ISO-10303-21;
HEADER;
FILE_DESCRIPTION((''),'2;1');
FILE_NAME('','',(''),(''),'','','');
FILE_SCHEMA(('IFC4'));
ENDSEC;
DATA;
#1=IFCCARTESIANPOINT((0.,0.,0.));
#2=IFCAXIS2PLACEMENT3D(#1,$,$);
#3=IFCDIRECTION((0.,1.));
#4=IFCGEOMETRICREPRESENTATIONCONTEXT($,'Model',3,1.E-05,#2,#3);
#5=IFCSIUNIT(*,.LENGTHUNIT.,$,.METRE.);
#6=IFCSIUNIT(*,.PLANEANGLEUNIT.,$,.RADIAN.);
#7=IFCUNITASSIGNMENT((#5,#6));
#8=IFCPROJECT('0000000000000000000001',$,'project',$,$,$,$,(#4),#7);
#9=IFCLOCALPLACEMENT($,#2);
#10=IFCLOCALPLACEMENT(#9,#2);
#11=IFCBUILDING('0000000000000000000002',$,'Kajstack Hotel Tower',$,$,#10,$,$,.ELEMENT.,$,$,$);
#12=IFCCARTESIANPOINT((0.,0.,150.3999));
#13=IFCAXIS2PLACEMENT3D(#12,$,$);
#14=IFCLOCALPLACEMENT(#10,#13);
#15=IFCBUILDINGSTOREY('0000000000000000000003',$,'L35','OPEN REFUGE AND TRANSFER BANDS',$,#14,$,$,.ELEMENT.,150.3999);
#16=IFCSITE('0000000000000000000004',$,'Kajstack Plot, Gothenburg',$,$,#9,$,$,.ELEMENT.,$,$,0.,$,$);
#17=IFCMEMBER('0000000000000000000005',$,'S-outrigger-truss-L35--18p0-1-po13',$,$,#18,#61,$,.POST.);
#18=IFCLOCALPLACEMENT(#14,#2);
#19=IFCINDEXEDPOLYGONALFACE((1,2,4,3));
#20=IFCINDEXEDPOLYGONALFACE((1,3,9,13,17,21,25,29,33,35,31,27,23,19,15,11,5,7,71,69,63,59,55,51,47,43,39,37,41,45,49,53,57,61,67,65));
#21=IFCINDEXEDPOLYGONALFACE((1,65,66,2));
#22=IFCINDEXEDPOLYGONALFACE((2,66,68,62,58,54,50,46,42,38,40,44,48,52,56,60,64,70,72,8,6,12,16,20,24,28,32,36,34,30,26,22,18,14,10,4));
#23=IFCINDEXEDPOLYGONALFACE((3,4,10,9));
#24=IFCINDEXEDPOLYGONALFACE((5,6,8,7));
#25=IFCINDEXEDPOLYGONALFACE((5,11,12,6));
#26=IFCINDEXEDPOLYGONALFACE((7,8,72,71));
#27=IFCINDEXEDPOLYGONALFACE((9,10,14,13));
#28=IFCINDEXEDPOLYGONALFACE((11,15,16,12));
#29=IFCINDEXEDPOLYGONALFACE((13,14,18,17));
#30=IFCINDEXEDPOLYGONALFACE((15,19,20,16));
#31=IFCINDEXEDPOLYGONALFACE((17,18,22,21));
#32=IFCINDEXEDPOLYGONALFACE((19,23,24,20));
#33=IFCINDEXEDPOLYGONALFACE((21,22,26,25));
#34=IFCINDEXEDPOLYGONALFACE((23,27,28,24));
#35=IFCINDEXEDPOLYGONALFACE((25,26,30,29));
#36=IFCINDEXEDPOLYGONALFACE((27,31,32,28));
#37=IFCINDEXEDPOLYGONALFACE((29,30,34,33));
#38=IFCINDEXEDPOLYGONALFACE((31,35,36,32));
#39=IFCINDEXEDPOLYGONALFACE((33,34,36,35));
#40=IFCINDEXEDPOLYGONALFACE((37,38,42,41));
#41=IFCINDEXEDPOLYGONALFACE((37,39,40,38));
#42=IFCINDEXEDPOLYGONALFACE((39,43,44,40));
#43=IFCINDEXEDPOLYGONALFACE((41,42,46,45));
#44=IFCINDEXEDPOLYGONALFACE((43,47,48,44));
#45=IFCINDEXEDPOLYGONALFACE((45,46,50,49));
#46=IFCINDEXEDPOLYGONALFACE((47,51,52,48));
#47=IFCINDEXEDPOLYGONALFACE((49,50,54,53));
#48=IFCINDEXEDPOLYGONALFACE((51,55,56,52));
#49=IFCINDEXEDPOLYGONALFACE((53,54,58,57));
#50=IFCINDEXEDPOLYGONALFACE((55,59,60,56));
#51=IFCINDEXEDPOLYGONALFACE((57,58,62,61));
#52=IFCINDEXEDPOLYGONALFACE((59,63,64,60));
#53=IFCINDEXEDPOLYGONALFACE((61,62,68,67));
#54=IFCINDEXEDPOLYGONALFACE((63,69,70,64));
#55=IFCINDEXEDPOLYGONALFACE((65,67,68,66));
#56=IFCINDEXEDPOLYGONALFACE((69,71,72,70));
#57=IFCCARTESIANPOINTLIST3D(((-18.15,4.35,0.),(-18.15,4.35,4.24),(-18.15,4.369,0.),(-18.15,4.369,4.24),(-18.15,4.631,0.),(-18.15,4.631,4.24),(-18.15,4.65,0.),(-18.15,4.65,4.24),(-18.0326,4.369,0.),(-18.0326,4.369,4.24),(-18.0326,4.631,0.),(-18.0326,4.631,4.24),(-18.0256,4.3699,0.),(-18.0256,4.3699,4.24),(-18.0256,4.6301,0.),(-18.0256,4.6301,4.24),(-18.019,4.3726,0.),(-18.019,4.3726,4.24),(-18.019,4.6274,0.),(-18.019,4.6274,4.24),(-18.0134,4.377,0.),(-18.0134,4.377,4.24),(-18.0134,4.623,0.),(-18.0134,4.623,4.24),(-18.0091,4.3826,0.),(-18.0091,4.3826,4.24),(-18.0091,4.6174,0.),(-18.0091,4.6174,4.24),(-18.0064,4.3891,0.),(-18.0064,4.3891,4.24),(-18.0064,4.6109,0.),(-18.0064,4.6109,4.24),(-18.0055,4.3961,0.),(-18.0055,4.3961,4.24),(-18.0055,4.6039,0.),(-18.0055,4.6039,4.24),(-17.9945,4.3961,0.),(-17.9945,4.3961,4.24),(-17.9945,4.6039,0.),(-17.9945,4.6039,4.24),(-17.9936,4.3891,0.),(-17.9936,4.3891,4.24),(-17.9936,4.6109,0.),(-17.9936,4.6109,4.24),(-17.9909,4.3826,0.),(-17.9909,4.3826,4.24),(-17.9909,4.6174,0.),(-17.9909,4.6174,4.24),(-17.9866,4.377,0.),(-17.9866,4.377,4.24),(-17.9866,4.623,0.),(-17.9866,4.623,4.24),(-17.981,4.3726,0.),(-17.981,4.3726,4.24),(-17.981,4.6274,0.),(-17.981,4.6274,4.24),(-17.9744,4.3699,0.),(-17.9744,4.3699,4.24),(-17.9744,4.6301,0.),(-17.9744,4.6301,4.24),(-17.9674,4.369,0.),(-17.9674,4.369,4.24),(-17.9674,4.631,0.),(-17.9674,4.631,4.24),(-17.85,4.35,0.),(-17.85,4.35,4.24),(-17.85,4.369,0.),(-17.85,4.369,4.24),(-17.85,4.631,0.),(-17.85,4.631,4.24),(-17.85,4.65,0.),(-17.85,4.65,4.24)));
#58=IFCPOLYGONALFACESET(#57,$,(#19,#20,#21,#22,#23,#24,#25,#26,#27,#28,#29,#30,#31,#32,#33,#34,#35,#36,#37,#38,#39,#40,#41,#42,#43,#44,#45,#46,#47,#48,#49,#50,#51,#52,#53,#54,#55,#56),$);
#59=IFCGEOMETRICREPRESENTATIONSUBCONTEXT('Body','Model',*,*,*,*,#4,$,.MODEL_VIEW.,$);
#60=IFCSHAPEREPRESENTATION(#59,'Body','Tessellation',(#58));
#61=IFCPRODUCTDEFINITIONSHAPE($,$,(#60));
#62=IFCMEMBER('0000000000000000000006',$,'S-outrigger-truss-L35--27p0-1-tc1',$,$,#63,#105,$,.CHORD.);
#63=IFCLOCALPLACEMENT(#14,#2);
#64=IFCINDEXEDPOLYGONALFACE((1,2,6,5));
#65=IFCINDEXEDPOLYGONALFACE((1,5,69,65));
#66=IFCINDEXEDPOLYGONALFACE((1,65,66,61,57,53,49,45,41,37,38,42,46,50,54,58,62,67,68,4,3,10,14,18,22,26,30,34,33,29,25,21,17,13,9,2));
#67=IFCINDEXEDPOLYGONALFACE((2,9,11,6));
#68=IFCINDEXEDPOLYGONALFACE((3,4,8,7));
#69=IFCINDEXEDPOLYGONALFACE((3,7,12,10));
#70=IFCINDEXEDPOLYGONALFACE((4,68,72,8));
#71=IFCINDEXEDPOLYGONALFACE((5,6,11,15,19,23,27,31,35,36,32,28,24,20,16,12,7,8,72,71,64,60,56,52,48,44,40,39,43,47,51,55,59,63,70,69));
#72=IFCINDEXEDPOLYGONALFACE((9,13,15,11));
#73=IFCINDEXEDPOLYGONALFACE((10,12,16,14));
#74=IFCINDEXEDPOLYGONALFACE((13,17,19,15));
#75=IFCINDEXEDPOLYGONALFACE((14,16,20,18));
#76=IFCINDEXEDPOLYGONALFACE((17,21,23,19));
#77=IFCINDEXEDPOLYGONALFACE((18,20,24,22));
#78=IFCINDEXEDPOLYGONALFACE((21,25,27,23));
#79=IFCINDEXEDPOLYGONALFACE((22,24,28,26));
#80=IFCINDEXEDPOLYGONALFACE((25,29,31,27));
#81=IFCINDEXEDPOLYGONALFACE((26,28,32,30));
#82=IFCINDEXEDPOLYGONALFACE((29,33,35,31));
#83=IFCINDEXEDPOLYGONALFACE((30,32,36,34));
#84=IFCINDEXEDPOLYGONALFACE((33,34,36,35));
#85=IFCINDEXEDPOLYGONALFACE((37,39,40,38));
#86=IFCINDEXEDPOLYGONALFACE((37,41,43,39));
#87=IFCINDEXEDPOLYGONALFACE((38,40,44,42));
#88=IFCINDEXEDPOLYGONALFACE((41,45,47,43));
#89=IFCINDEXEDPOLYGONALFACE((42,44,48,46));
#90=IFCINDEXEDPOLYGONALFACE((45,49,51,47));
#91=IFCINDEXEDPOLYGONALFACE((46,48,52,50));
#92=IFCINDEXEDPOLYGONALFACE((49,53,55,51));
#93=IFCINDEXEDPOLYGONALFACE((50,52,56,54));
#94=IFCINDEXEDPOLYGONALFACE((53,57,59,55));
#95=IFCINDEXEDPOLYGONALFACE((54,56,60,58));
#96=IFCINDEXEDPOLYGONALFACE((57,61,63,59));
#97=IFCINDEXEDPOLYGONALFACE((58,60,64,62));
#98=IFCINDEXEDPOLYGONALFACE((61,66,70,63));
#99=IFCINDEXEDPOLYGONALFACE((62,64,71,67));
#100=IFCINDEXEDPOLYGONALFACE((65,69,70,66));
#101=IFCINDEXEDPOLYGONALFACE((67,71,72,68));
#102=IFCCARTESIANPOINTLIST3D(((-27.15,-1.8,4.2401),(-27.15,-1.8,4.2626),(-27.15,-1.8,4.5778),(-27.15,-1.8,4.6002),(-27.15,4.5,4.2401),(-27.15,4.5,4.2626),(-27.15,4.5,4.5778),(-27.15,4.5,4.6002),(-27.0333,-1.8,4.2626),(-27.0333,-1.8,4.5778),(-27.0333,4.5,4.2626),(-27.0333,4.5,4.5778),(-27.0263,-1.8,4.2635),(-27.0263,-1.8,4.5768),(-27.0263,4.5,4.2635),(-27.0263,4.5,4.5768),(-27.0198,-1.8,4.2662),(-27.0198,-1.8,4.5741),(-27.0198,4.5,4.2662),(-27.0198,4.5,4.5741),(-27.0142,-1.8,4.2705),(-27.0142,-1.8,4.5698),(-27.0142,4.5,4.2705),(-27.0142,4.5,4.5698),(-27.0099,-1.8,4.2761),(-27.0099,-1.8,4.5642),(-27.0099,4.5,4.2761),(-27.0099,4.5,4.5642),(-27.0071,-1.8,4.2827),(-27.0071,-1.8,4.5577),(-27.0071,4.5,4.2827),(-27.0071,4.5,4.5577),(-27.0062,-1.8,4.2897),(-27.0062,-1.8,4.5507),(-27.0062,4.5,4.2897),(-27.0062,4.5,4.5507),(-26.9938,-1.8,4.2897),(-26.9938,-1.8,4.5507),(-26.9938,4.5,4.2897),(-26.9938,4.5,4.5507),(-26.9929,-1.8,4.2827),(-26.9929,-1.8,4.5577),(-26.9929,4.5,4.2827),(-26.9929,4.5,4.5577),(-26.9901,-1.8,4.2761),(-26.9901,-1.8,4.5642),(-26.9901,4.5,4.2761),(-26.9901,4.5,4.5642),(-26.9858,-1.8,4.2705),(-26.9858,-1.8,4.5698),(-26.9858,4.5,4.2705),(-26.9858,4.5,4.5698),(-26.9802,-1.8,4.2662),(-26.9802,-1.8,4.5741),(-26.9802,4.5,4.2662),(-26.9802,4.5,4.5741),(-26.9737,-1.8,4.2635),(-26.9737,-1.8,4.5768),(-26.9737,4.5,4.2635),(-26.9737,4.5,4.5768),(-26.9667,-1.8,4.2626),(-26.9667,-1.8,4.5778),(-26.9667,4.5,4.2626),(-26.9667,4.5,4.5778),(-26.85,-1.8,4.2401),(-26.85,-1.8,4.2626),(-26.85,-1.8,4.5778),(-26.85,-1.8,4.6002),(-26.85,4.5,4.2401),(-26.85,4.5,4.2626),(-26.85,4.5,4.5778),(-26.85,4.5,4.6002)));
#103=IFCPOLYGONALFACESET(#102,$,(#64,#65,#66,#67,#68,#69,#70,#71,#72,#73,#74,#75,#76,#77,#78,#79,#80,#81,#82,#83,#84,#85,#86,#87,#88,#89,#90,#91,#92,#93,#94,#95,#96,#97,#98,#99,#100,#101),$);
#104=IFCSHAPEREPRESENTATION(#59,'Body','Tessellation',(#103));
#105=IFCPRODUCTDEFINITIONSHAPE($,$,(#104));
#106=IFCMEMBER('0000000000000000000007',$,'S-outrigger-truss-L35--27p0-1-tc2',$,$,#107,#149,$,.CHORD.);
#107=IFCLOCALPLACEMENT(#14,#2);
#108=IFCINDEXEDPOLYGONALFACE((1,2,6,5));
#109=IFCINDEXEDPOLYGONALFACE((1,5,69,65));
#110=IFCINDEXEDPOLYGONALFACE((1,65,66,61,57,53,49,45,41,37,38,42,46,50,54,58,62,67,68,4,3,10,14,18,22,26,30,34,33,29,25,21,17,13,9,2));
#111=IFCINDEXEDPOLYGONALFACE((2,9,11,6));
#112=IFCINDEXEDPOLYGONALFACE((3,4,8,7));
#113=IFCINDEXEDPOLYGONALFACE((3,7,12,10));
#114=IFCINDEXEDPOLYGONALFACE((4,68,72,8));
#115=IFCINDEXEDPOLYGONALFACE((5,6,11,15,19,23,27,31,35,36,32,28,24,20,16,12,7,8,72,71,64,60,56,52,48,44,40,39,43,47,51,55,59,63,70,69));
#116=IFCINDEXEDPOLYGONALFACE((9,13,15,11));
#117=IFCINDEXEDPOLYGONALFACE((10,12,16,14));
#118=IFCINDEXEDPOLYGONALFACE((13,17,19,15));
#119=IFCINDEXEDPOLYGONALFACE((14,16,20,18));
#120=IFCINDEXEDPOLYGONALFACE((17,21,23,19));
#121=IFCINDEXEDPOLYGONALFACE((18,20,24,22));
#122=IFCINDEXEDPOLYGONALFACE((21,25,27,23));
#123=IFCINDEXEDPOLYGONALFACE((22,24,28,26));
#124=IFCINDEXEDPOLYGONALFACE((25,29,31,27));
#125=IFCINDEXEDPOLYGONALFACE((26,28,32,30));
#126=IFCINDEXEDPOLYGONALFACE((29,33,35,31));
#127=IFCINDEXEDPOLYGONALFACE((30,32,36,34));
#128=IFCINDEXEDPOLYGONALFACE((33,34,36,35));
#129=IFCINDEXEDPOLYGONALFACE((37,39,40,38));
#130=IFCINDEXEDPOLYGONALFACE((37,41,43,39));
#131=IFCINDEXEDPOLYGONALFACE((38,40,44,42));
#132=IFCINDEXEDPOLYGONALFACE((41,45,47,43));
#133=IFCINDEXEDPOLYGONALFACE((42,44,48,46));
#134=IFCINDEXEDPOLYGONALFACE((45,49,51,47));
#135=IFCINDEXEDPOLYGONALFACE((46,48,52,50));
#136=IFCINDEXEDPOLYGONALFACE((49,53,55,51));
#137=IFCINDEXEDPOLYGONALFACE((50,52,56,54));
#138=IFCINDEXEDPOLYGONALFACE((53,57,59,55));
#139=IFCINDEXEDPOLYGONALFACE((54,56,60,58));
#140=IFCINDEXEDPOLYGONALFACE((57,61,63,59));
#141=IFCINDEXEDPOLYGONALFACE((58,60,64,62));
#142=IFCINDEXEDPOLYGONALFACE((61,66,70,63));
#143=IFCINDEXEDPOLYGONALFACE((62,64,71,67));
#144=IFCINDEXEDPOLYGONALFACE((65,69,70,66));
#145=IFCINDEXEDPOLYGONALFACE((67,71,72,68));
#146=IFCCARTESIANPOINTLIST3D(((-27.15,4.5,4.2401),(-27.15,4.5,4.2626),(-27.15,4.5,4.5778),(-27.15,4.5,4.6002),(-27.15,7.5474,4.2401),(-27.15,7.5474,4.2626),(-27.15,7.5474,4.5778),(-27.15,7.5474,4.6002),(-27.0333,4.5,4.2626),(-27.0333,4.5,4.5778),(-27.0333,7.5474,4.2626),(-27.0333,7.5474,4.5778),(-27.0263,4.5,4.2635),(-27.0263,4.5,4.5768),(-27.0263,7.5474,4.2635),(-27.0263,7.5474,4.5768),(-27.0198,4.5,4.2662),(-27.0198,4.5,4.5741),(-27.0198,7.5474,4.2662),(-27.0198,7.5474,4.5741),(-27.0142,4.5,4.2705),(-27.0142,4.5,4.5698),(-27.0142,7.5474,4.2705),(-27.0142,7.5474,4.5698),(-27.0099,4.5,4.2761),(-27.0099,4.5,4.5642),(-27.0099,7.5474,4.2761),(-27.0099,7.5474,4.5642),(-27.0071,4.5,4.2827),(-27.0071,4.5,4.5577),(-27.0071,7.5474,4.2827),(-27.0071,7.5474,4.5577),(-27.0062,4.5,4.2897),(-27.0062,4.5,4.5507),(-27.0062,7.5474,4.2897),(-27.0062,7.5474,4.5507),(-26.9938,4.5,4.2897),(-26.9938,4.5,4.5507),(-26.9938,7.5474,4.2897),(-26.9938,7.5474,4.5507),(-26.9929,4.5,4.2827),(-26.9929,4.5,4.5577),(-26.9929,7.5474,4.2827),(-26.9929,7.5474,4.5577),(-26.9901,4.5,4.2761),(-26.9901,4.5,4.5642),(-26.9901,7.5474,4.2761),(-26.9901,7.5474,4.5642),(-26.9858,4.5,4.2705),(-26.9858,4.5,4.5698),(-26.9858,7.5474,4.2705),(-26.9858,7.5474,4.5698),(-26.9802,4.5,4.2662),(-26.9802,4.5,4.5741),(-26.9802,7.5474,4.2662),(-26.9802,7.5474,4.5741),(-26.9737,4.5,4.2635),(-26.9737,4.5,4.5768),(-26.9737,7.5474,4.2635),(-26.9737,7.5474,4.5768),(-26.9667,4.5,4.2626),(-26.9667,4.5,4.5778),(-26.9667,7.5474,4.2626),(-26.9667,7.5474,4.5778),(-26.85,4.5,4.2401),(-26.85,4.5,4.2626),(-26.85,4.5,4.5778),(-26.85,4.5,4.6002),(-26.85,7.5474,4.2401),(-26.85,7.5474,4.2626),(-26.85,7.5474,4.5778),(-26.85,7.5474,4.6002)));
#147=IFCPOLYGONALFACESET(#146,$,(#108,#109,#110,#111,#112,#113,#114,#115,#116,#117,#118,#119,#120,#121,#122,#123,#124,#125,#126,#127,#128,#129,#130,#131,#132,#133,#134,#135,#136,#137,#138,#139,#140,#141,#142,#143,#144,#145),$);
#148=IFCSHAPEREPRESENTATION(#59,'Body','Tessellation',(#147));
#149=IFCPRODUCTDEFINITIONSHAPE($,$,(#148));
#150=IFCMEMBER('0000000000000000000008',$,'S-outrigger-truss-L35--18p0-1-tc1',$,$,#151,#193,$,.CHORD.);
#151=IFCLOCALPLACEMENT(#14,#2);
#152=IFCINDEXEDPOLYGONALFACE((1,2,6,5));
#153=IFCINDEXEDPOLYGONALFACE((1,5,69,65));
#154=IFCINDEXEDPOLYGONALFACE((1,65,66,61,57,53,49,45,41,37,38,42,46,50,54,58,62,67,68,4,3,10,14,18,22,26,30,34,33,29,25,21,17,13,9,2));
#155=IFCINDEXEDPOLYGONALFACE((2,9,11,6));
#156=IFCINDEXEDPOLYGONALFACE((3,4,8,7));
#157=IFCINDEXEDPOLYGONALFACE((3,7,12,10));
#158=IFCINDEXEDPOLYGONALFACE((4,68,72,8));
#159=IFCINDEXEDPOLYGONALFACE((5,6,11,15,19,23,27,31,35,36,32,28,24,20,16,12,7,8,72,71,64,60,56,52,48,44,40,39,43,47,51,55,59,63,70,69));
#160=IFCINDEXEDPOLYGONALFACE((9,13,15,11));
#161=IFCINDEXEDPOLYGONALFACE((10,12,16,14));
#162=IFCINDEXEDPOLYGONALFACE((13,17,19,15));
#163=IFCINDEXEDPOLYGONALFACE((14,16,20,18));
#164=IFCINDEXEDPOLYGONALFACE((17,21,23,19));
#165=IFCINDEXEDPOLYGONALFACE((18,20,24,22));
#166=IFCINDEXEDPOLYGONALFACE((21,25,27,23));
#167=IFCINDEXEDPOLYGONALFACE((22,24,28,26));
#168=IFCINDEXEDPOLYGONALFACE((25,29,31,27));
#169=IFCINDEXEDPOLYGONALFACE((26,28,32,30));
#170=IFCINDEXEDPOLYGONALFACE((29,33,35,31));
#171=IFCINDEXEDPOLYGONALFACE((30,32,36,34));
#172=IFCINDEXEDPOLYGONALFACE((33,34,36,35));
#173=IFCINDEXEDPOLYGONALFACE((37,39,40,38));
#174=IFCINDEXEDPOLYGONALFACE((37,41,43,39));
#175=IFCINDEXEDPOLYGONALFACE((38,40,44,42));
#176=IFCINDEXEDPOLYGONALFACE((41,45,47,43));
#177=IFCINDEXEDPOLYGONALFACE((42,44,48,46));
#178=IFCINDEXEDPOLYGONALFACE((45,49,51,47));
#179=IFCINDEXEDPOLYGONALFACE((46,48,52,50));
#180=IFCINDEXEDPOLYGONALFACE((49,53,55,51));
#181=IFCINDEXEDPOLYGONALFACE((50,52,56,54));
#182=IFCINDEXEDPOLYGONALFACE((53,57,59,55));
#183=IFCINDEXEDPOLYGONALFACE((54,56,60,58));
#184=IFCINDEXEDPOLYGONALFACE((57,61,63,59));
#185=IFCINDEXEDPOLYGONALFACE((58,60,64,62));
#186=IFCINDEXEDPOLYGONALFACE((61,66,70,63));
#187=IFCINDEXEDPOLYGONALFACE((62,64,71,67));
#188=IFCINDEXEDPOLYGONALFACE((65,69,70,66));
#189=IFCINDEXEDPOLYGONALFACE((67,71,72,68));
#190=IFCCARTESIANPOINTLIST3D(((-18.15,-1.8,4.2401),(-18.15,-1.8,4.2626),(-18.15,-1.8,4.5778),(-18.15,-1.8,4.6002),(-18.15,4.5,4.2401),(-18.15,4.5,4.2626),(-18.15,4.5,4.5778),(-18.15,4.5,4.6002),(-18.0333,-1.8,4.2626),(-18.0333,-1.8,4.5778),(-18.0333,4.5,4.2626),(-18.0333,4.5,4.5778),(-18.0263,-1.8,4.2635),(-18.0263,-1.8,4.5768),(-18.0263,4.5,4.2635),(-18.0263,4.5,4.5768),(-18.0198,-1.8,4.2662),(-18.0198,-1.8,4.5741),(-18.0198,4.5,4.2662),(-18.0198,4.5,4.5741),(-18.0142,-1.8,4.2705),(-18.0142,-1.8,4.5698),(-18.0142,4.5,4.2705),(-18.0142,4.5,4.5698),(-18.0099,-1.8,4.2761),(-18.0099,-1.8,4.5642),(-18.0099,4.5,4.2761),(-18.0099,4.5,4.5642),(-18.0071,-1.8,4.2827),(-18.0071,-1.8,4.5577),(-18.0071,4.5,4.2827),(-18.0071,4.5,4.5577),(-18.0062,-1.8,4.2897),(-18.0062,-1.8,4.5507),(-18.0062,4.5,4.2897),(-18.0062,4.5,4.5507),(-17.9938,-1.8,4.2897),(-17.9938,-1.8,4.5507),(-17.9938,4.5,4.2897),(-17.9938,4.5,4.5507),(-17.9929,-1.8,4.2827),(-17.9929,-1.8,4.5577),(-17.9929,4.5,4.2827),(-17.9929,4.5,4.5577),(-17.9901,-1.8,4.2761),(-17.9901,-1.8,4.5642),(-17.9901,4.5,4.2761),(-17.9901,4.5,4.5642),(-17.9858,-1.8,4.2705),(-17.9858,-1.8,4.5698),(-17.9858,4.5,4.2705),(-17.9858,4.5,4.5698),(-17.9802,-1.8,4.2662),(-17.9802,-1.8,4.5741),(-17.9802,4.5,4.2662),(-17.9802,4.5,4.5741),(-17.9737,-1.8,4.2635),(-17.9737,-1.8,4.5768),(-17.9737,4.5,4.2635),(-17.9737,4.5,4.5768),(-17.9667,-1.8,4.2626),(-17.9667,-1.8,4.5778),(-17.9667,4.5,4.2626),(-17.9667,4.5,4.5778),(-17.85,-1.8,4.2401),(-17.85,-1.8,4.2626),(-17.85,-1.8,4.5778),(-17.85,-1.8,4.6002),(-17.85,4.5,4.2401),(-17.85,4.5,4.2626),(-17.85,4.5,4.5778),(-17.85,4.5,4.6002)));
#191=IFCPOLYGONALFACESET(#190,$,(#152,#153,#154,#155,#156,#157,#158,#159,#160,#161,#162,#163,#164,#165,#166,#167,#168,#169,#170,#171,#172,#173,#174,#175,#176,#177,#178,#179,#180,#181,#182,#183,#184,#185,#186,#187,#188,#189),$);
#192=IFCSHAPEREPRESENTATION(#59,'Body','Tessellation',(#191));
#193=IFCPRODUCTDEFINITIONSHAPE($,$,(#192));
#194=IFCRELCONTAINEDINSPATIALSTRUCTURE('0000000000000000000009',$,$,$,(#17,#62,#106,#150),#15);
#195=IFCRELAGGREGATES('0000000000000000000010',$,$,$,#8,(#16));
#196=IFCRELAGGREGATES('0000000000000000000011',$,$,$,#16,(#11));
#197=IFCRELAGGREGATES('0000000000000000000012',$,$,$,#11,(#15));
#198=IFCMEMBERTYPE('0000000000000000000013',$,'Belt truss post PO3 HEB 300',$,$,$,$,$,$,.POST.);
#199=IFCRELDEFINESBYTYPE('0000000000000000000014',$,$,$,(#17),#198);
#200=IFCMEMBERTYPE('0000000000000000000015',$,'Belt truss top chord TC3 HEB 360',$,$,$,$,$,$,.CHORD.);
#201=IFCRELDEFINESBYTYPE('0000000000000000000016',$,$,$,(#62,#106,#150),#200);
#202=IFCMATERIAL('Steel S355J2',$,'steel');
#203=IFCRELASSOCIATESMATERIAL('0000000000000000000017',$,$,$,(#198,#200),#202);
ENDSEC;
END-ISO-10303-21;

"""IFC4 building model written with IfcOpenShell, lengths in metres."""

from ifc_helpers import new_model, si_unit, direction, frame, origin, origin_2d, place, context, subcontext, project, spatial, i_section, extrude, material, material_profile, profile_set, type_object, element, save


model = new_model("IFC4")

# Units and contexts
model_context = context("Model", 3, precision=1e-05, world=origin(), true_north=direction((0.0, 1.0)))
body_context = subcontext(model_context, "Body", "Model", "MODEL_VIEW")
ifc_project = project(units=[si_unit("LENGTHUNIT", "METRE"), si_unit("PLANEANGLEUNIT", "RADIAN")], contexts=[model_context])

# Site, building, storey
site_placement = place(None, origin())
site = spatial("IfcSite", under=ifc_project, at=site_placement, Name="Kajstack Plot, Gothenburg", CompositionType="ELEMENT", RefElevation=0.0)
building_placement = place(site_placement, origin())
building = spatial("IfcBuilding", under=site, at=building_placement, Name="Kajstack Hotel Tower", CompositionType="ELEMENT")
storey_placement = place(building_placement, frame((0.0, 0.0, 150.3999)))
storey = spatial("IfcBuildingStorey", under=building, at=storey_placement, Name="L35", Description="OPEN REFUGE AND TRANSFER BANDS", CompositionType="ELEMENT", Elevation=150.3999)

# Members
ifc_material_1 = material(Name="Steel S355J2", Category="steel")
ifc_material_profile_1 = material_profile(ifc_material_1, i_section(OverallWidth=0.3, OverallDepth=0.3, WebThickness=0.011, FlangeThickness=0.019, FilletRadius=0.0271, at=origin_2d()), Name="HEB 300")
ifc_profile_set_1 = profile_set([ifc_material_profile_1], Name="Steel S355J2")
member_type_1 = type_object("IfcMemberType", Name="Belt truss post PO3 HEB 300", PredefinedType="POST", material=ifc_profile_set_1)
for number, where, z_axis, x_axis, name in (
    (1, (-18.0, 4.5, 0.0), (0.0, 0.0, 1.0), (1.0, 0.0, 0.0), "S-outrigger-truss-L35--18p0-1-po13"),
):
    element("IfcMember", number, at=place(storey_placement, frame(where, z_axis=z_axis, x_axis=x_axis)), inside=storey, type_object=member_type_1, Name=name, PredefinedType="POST", context=body_context, shape_type="SweptSolid", body=[
        extrude(i_section(OverallWidth=0.3, OverallDepth=0.3, WebThickness=0.011, FlangeThickness=0.019, FilletRadius=0.0271, at=origin_2d()), origin(), (0.0, 0.0, 1.0), 4.24),
    ])
ifc_material_profile_2 = material_profile(ifc_material_1, i_section(OverallWidth=0.3, OverallDepth=0.3601, WebThickness=0.0125, FlangeThickness=0.0225, FilletRadius=0.0271, at=origin_2d()), Name="HEB 360")
ifc_profile_set_2 = profile_set([ifc_material_profile_2], Name="Steel S355J2")
member_type_2 = type_object("IfcMemberType", Name="Belt truss top chord TC3 HEB 360", PredefinedType="CHORD", material=ifc_profile_set_2)
member_1_placement = place(storey_placement, frame((-27.0, -1.8, 4.4202), z_axis=(0.0, 1.0, 0.0), x_axis=(-1.0, 0.0, 0.0)))
element("IfcMember", 2, at=member_1_placement, inside=storey, type_object=member_type_2, Name="S-outrigger-truss-L35--27p0-1-tc1", PredefinedType="CHORD", context=body_context, shape_type="SweptSolid", body=[
    extrude(i_section(OverallWidth=0.3, OverallDepth=0.3601, WebThickness=0.0125, FlangeThickness=0.0225, FilletRadius=0.0271, at=origin_2d()), origin(), (0.0, 0.0, 1.0), 6.3),
])
member_2_placement = place(storey_placement, frame((-27.0, 4.5, 4.4202), z_axis=(0.0, 1.0, 0.0), x_axis=(-1.0, 0.0, 0.0)))
element("IfcMember", 3, at=member_2_placement, inside=storey, type_object=member_type_2, Name="S-outrigger-truss-L35--27p0-1-tc2", PredefinedType="CHORD", context=body_context, shape_type="SweptSolid", body=[
    extrude(i_section(OverallWidth=0.3, OverallDepth=0.3601, WebThickness=0.0125, FlangeThickness=0.0225, FilletRadius=0.0271, at=origin_2d()), origin(), (0.0, 0.0, 1.0), 3.0474),
])
member_3_placement = place(storey_placement, frame((-18.0, -1.8, 4.4202), z_axis=(0.0, 1.0, 0.0), x_axis=(-1.0, 0.0, 0.0)))
element("IfcMember", 4, at=member_3_placement, inside=storey, type_object=member_type_2, Name="S-outrigger-truss-L35--18p0-1-tc1", PredefinedType="CHORD", context=body_context, shape_type="SweptSolid", body=[
    extrude(i_section(OverallWidth=0.3, OverallDepth=0.3601, WebThickness=0.0125, FlangeThickness=0.0225, FilletRadius=0.0271, at=origin_2d()), origin(), (0.0, 0.0, 1.0), 6.3),
])

save(model, "model.ifc")
